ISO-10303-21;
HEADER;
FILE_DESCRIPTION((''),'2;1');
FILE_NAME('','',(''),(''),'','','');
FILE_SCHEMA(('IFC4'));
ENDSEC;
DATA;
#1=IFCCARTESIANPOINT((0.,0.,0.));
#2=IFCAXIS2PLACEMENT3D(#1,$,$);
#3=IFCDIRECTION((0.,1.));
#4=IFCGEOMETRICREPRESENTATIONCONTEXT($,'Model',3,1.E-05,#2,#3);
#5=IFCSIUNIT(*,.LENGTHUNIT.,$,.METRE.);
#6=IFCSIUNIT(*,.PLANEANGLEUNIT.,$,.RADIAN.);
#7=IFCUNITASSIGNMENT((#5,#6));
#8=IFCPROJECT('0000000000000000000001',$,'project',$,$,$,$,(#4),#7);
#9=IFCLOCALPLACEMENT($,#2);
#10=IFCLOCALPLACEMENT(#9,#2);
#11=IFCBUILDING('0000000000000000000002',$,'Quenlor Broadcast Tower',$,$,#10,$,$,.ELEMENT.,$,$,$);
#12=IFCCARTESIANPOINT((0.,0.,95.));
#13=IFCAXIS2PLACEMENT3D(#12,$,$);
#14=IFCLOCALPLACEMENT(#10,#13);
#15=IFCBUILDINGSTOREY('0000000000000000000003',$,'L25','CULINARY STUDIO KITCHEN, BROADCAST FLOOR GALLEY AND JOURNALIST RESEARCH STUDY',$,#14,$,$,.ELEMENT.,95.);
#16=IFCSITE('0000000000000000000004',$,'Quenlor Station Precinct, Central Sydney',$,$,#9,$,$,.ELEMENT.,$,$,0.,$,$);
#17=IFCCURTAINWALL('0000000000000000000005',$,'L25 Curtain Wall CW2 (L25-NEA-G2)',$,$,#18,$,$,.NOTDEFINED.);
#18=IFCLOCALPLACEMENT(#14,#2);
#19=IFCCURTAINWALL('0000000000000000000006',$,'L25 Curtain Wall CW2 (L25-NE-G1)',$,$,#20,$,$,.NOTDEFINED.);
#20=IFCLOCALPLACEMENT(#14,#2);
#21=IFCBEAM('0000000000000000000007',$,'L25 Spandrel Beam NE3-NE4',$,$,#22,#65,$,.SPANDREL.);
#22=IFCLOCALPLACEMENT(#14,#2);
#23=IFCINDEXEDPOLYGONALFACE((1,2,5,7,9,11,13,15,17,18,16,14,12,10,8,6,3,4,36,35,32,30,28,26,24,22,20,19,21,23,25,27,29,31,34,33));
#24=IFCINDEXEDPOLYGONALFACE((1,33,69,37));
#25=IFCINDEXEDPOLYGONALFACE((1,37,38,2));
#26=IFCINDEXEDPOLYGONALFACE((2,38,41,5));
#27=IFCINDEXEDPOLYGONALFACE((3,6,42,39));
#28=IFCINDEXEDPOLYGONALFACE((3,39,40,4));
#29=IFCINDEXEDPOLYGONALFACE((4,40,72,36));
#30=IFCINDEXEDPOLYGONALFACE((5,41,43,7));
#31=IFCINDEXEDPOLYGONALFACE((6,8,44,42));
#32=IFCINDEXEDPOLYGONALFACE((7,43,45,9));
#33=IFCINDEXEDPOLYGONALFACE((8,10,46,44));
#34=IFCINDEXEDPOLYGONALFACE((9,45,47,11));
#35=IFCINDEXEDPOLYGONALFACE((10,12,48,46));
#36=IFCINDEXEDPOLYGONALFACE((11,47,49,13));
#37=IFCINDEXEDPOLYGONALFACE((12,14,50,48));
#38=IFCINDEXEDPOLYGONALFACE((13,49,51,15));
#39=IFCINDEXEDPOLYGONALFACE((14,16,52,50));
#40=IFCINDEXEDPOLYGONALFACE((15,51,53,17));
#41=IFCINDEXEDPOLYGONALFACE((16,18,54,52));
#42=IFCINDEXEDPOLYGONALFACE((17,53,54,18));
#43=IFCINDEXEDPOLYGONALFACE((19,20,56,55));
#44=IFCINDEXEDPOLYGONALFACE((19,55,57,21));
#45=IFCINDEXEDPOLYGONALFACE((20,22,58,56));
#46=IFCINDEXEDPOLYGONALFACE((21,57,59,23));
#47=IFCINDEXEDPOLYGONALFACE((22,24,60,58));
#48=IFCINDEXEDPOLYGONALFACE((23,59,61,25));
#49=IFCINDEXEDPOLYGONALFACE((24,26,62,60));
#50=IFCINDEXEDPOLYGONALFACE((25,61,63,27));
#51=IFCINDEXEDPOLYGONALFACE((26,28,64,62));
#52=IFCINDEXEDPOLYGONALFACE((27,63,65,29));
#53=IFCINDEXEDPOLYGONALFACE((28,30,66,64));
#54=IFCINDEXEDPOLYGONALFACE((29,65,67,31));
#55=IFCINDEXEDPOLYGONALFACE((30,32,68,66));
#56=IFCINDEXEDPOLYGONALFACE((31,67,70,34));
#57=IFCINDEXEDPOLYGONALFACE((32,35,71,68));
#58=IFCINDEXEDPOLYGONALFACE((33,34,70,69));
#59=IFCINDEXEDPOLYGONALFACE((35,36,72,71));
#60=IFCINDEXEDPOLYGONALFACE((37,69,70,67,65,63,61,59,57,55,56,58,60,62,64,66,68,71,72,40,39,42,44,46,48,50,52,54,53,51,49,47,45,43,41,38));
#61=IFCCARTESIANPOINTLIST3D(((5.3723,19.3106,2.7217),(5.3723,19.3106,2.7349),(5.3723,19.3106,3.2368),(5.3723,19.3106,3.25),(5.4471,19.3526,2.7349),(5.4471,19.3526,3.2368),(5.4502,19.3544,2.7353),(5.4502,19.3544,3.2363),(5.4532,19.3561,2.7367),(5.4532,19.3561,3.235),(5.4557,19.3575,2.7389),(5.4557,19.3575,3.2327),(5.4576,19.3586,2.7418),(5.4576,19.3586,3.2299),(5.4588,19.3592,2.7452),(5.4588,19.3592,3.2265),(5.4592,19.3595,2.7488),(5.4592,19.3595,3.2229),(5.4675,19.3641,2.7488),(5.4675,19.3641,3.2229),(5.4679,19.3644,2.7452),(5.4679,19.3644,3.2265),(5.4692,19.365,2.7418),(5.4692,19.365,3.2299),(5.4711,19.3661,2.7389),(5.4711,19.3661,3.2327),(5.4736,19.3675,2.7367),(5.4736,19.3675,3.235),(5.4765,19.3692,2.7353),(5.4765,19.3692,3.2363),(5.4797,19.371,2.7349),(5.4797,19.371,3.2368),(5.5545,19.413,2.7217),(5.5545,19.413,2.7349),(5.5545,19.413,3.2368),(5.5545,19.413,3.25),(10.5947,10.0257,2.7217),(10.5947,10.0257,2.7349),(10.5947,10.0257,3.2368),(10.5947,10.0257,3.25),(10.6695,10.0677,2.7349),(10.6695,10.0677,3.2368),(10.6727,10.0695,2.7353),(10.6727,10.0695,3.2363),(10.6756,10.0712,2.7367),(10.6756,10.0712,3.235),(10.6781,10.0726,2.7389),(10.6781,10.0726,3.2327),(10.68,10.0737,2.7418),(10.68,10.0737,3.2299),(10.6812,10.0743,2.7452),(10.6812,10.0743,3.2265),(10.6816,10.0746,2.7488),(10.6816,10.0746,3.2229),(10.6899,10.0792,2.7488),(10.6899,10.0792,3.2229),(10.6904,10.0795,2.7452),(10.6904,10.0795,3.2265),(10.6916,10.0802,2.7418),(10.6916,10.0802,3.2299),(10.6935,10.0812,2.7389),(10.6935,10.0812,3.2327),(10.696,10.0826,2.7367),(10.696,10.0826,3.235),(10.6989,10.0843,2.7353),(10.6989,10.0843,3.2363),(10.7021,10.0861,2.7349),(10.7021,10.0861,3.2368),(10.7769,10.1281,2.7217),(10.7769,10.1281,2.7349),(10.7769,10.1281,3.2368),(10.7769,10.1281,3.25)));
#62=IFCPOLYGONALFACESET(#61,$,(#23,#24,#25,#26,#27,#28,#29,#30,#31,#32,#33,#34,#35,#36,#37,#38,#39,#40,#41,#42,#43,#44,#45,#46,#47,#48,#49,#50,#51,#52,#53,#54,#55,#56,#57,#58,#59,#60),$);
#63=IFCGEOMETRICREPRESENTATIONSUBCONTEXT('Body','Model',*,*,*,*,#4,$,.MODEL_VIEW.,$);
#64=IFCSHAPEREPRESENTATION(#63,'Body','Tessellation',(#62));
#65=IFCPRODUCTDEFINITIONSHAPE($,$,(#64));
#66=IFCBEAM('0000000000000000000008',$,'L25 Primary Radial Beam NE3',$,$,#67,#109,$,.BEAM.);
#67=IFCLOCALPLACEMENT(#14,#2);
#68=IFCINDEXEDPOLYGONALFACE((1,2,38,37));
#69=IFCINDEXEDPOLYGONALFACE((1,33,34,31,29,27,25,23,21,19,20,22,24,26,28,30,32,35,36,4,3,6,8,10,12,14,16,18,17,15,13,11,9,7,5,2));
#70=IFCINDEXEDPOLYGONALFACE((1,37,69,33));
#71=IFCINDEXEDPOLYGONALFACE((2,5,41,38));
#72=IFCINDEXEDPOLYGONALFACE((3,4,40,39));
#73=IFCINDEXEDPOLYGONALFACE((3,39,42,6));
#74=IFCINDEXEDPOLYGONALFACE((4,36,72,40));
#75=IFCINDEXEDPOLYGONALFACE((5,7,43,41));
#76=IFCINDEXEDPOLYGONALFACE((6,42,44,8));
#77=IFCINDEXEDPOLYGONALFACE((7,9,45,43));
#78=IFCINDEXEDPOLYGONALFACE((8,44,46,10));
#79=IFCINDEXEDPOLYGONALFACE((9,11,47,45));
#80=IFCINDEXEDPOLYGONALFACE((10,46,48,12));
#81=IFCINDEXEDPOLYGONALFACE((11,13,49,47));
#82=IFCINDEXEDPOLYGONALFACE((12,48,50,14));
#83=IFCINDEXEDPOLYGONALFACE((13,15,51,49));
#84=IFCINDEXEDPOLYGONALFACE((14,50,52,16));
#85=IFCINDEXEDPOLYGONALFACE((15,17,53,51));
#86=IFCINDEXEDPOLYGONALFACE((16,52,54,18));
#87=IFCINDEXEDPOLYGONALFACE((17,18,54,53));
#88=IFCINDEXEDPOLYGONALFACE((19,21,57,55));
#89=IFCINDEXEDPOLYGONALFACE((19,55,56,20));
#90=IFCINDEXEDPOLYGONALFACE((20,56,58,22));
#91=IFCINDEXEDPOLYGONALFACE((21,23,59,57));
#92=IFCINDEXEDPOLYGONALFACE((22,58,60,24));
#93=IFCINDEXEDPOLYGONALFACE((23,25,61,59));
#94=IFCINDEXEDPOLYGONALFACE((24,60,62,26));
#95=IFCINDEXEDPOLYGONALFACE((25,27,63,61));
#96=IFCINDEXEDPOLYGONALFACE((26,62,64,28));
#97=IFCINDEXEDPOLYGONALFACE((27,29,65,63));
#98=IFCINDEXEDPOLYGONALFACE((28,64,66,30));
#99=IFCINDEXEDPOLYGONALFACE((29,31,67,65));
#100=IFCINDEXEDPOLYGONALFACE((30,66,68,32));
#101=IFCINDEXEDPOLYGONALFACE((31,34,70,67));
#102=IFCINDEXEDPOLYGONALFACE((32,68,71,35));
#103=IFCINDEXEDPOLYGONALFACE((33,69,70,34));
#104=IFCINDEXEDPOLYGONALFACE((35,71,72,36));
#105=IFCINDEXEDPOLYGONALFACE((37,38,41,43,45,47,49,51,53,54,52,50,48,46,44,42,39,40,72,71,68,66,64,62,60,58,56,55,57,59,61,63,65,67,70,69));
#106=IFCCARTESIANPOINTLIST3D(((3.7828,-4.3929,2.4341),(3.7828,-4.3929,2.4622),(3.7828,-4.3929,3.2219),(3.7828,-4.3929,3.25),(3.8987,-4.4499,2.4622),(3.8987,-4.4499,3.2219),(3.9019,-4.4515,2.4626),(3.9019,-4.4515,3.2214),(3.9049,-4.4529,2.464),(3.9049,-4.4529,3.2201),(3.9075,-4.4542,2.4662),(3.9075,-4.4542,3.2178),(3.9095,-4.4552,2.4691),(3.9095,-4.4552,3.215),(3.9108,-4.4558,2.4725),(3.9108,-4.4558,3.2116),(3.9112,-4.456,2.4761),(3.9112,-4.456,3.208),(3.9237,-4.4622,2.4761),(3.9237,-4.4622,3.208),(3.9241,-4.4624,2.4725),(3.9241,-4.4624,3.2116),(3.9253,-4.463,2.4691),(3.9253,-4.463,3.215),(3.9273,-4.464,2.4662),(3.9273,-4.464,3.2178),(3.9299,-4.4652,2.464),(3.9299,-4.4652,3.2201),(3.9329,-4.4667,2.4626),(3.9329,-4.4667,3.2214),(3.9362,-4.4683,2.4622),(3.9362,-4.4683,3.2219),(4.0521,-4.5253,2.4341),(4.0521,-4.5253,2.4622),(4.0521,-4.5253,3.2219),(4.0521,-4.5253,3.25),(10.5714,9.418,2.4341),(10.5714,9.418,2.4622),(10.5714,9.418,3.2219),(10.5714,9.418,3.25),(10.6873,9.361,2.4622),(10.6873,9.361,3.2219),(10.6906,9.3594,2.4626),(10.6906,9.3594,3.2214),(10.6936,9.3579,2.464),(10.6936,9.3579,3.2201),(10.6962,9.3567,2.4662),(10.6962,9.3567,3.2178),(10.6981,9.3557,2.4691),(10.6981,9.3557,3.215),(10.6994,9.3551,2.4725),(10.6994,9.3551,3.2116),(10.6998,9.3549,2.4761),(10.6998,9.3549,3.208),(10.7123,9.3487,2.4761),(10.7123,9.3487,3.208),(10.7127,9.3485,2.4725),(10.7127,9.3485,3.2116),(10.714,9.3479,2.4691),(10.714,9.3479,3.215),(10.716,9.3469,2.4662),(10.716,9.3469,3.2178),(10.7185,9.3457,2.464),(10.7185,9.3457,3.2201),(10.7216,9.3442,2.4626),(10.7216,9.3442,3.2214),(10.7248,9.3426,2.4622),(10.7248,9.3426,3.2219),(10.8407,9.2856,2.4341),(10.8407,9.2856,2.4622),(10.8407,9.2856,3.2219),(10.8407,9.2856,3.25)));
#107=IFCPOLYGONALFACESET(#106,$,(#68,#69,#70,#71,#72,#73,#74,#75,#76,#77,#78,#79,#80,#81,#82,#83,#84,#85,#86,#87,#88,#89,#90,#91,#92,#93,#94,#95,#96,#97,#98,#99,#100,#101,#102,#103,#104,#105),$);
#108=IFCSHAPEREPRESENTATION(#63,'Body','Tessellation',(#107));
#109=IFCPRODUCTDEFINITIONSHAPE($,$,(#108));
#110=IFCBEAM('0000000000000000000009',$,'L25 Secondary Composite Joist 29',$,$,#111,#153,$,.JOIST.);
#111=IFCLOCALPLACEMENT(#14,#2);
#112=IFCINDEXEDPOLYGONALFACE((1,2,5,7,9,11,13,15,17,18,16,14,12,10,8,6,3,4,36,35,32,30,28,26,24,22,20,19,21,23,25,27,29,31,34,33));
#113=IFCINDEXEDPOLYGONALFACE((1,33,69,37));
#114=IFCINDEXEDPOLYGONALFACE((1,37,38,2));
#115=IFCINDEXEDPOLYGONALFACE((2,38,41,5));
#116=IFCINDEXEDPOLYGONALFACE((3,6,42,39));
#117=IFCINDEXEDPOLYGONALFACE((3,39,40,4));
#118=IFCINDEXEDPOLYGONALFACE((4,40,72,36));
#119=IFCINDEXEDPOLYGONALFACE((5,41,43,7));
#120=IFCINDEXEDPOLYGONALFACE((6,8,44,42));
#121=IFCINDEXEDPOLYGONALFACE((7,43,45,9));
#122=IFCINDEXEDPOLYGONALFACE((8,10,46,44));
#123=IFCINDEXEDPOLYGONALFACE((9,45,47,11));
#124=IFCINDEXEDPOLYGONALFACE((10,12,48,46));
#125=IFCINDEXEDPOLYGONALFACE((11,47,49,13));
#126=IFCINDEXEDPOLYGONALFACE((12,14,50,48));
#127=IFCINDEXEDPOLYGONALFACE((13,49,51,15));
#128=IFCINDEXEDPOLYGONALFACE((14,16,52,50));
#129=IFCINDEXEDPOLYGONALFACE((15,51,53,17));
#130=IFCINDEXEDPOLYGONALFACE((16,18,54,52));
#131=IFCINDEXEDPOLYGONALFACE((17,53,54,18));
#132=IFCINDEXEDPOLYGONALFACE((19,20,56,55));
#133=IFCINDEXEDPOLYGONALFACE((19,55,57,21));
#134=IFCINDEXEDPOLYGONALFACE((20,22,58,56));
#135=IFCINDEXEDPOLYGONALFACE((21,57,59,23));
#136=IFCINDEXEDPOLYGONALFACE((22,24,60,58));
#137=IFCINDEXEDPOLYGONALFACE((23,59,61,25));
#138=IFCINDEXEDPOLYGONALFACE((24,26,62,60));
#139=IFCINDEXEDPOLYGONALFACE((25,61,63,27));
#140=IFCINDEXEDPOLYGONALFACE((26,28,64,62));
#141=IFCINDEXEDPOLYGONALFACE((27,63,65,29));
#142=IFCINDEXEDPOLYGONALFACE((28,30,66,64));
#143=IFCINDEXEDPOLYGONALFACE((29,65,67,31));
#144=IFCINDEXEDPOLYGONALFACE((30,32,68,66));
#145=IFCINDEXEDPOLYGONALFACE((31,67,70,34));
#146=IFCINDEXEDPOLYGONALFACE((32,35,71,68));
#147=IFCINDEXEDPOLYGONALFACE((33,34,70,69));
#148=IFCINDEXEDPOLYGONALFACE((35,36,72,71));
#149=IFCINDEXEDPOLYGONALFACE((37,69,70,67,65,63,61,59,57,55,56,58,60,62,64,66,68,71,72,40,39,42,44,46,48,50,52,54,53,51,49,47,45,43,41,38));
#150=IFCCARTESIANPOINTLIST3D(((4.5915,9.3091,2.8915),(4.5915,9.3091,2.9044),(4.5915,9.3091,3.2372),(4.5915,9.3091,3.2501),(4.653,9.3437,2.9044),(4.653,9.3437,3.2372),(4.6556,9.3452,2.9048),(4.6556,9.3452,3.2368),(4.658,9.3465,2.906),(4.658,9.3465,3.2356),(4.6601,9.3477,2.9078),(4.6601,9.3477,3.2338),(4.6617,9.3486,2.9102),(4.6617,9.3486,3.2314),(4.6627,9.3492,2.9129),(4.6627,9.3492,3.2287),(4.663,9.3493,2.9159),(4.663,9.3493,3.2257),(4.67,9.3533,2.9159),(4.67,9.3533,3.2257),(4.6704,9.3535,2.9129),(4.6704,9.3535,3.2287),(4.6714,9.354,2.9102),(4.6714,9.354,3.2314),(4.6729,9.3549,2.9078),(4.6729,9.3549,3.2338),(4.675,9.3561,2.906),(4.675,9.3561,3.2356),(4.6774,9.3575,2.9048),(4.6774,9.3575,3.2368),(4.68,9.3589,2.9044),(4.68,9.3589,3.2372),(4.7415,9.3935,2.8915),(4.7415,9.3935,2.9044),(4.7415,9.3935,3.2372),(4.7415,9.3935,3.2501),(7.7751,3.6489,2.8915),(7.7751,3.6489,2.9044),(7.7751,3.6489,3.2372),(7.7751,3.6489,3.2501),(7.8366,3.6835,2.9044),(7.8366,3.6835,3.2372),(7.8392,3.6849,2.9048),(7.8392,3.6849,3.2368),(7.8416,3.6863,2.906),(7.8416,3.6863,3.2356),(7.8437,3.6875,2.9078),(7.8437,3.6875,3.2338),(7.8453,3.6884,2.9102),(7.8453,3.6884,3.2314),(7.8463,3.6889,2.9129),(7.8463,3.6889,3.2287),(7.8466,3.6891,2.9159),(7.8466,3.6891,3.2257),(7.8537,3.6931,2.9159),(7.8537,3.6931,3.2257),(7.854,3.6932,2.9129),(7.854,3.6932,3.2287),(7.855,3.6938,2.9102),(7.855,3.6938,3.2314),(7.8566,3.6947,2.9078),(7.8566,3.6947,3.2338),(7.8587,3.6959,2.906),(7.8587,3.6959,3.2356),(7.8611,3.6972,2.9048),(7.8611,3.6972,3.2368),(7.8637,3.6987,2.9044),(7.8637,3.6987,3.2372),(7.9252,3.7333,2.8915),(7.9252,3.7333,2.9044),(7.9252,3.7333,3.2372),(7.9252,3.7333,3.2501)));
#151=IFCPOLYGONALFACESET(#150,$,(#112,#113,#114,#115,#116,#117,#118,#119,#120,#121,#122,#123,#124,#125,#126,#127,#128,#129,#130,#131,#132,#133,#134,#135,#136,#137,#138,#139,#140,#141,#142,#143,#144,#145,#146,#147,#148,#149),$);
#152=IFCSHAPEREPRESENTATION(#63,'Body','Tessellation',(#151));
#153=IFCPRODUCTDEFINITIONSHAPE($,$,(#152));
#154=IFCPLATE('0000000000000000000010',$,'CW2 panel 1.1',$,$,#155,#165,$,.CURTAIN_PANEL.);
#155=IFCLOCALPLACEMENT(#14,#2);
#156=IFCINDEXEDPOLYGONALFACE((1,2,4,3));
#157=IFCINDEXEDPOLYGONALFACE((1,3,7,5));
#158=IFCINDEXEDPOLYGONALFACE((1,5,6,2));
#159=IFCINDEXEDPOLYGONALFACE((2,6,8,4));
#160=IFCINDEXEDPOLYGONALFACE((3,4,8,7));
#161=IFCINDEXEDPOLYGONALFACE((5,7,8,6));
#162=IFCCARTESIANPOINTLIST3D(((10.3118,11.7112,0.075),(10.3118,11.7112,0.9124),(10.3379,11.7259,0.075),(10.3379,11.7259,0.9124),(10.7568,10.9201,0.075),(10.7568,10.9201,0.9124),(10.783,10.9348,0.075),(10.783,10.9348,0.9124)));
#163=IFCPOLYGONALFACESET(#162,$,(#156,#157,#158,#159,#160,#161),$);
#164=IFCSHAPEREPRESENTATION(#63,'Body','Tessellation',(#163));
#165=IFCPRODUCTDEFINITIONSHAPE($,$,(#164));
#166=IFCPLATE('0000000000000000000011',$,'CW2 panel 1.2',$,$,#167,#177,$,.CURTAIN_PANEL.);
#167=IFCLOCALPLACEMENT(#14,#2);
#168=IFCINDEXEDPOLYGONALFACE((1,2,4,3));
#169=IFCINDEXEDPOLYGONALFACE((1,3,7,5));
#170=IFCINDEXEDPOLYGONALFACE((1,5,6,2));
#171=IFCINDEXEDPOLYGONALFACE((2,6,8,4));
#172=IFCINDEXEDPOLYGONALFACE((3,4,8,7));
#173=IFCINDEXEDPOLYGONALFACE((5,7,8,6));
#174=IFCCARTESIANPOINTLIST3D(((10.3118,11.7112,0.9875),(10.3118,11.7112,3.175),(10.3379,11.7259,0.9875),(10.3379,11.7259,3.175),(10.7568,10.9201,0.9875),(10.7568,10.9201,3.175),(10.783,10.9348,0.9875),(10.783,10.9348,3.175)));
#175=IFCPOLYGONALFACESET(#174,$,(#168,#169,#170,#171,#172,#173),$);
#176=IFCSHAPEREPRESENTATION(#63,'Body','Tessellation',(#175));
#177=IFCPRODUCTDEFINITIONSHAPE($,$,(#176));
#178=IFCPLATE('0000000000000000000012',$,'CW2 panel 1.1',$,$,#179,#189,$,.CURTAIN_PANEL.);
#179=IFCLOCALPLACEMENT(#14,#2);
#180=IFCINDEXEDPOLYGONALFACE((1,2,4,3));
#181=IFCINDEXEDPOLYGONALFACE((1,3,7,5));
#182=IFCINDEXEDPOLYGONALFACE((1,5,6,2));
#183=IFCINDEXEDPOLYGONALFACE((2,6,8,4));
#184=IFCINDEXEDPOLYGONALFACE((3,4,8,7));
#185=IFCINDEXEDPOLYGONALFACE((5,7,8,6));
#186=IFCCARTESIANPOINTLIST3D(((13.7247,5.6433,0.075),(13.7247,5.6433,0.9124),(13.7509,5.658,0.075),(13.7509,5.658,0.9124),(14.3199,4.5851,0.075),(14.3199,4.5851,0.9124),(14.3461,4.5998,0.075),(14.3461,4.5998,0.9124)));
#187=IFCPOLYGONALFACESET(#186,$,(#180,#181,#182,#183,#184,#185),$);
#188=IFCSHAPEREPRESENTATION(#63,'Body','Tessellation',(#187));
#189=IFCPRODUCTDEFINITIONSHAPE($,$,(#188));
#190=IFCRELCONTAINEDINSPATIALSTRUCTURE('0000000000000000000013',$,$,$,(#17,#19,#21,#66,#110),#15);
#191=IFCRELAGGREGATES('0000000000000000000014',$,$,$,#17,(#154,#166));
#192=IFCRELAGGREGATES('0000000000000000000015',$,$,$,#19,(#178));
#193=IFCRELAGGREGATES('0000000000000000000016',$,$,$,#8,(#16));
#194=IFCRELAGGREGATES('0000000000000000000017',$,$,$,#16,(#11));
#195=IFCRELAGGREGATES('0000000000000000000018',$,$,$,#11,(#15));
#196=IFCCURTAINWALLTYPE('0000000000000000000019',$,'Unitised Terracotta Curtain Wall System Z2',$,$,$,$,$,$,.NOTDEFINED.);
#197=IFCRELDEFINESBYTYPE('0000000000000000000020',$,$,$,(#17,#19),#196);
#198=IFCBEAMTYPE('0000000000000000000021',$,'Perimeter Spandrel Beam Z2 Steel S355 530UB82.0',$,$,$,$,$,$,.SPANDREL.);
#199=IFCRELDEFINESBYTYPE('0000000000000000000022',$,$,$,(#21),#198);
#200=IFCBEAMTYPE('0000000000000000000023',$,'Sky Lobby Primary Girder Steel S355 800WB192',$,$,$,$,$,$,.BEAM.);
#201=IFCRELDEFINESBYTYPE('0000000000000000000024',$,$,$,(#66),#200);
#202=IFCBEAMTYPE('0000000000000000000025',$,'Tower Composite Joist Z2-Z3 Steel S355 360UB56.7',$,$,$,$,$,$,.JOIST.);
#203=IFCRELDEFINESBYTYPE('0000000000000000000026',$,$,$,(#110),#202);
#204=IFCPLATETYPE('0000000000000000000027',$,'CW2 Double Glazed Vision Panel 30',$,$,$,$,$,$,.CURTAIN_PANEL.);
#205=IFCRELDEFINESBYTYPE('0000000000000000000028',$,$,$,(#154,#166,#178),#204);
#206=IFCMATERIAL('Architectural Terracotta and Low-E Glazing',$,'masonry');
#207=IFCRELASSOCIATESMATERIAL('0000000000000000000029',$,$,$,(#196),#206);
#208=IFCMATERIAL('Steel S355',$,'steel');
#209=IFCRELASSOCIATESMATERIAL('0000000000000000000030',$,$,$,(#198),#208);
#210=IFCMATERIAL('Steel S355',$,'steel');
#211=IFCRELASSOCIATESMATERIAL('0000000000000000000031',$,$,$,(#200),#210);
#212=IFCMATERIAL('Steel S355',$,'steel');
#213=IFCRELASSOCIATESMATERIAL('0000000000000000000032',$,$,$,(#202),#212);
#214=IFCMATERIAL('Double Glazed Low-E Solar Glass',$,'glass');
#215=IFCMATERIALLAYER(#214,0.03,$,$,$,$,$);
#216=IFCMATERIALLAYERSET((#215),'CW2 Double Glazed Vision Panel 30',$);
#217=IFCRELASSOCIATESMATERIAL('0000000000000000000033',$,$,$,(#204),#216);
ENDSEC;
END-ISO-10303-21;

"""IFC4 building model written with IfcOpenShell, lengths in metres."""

from ifc_helpers import new_model, si_unit, direction, frame, origin, origin_2d, place, context, subcontext, project, spatial, rectangle, i_section, extrude, material, layer, layer_set, material_profile, profile_set, type_object, element, aggregate, save


model = new_model("IFC4")

# Units and contexts
model_context = context("Model", 3, precision=1e-05, world=origin(), true_north=direction((0.0, 1.0)))
body_context = subcontext(model_context, "Body", "Model", "MODEL_VIEW")
ifc_project = project(units=[si_unit("LENGTHUNIT", "METRE"), si_unit("PLANEANGLEUNIT", "RADIAN")], contexts=[model_context])

# Site, building, storey
site_placement = place(None, origin())
site = spatial("IfcSite", under=ifc_project, at=site_placement, Name="Quenlor Station Precinct, Central Sydney", CompositionType="ELEMENT", RefElevation=0.0)
building_placement = place(site_placement, origin())
building = spatial("IfcBuilding", under=site, at=building_placement, Name="Quenlor Broadcast Tower", CompositionType="ELEMENT")
storey_placement = place(building_placement, frame((0.0, 0.0, 95.0)))
storey = spatial("IfcBuildingStorey", under=building, at=storey_placement, Name="L25", Description="CULINARY STUDIO KITCHEN, BROADCAST FLOOR GALLEY AND JOURNALIST RESEARCH STUDY", CompositionType="ELEMENT", Elevation=95.0)

# Curtain wall
ifc_material_1 = material(Name="Architectural Terracotta and Low-E Glazing", Category="masonry")
curtain_wall_type = type_object("IfcCurtainWallType", Name="Unitised Terracotta Curtain Wall System Z2", PredefinedType="NOTDEFINED", material=ifc_material_1)
curtain_wall_1_placement = place(storey_placement, origin())
curtain_wall_1 = element("IfcCurtainWall", 1, at=curtain_wall_1_placement, inside=storey, type_object=curtain_wall_type, Name="L25 Curtain Wall CW2 (L25-NEA-G2)", PredefinedType="NOTDEFINED")

# Curtain wall
curtain_wall_2_placement = place(storey_placement, origin())
curtain_wall_2 = element("IfcCurtainWall", 2, at=curtain_wall_2_placement, inside=storey, type_object=curtain_wall_type, Name="L25 Curtain Wall CW2 (L25-NE-G1)", PredefinedType="NOTDEFINED")

# Beams
ifc_material_2 = material(Name="Steel S355", Category="steel")
ifc_material_profile_1 = material_profile(ifc_material_2, i_section(OverallWidth=0.209, OverallDepth=0.5283, WebThickness=0.0095, FlangeThickness=0.0132, FilletRadius=0.0139, at=origin_2d()))
ifc_profile_set_1 = profile_set([ifc_material_profile_1], Name="Steel S355 530UB82.0")
beam_type_1 = type_object("IfcBeamType", Name="Perimeter Spandrel Beam Z2 Steel S355 530UB82.0", PredefinedType="SPANDREL", material=ifc_profile_set_1)
beam_1_placement = place(storey_placement, frame((10.6858, 10.0769, 2.9858), z_axis=(-0.490236, 0.87159, 0.0), x_axis=(-0.87159, -0.490236, 0.0)))
element("IfcBeam", 3, at=beam_1_placement, inside=storey, type_object=beam_type_1, Name="L25 Spandrel Beam NE3-NE4", PredefinedType="SPANDREL", context=body_context, shape_type="SweptSolid", body=[
    extrude(i_section(OverallWidth=0.209, OverallDepth=0.5283, WebThickness=0.0095, FlangeThickness=0.0132, FilletRadius=0.0139, at=origin_2d()), origin(), (0.0, 0.0, 1.0), 10.6528),
])
ifc_material_3 = material(Name="Steel S355", Category="steel")
ifc_material_profile_2 = material_profile(ifc_material_3, i_section(OverallWidth=0.3, OverallDepth=0.8159, WebThickness=0.0139, FlangeThickness=0.0281, FilletRadius=0.0139, at=origin_2d()))
ifc_profile_set_2 = profile_set([ifc_material_profile_2], Name="Steel S355 800WB192")
beam_type_2 = type_object("IfcBeamType", Name="Sky Lobby Primary Girder Steel S355 800WB192", PredefinedType="BEAM", material=ifc_profile_set_2)
beam_2_placement = place(storey_placement, frame((10.7061, 9.3518, 2.842), z_axis=(-0.44113, -0.897443, 0.0), x_axis=(0.897443, -0.44113, 0.0)))
element("IfcBeam", 4, at=beam_2_placement, inside=storey, type_object=beam_type_2, Name="L25 Primary Radial Beam NE3", PredefinedType="BEAM", context=body_context, shape_type="SweptSolid", body=[
    extrude(i_section(OverallWidth=0.3, OverallDepth=0.8159, WebThickness=0.0139, FlangeThickness=0.0281, FilletRadius=0.0139, at=origin_2d()), origin(), (0.0, 0.0, 1.0), 15.3892),
])
ifc_material_4 = material(Name="Steel S355", Category="steel")
ifc_material_profile_3 = material_profile(ifc_material_4, i_section(OverallWidth=0.1721, OverallDepth=0.3586, WebThickness=0.0081, FlangeThickness=0.0129, FilletRadius=0.0115, at=origin_2d()))
ifc_profile_set_3 = profile_set([ifc_material_profile_3], Name="Steel S355 360UB56.7")
beam_type_3 = type_object("IfcBeamType", Name="Tower Composite Joist Z2-Z3 Steel S355 360UB56.7", PredefinedType="JOIST", material=ifc_profile_set_3)
beam_3_placement = place(storey_placement, frame((4.6665, 9.3513, 3.0708), z_axis=(0.490233, -0.871592, 0.0), x_axis=(0.871592, 0.490233, 0.0)))
element("IfcBeam", 5, at=beam_3_placement, inside=storey, type_object=beam_type_3, Name="L25 Secondary Composite Joist 29", PredefinedType="JOIST", context=body_context, shape_type="SweptSolid", body=[
    extrude(i_section(OverallWidth=0.1721, OverallDepth=0.3586, WebThickness=0.0081, FlangeThickness=0.0129, FilletRadius=0.0115, at=origin_2d()), origin(), (0.0, 0.0, 1.0), 6.4941),
])

# Plates
ifc_material_5 = material(Name="Double Glazed Low-E Solar Glass", Category="glass")
ifc_layer_1 = layer(ifc_material_5, 0.03)
ifc_layer_set_1 = layer_set([ifc_layer_1], Name="CW2 Double Glazed Vision Panel 30")
plate_type_1 = type_object("IfcPlateType", Name="CW2 Double Glazed Vision Panel 30", PredefinedType="CURTAIN_PANEL", material=ifc_layer_set_1)
plate_1_placement = place(storey_placement, frame((10.5474, 11.323, 0.075), z_axis=(0.0, 0.0, 1.0), x_axis=(0.490252, -0.871581, 0.0)))
plate_1 = element("IfcPlate", 6, at=plate_1_placement, type_object=plate_type_1, Name="CW2 panel 1.1", PredefinedType="CURTAIN_PANEL", context=body_context, shape_type="SweptSolid", body=[
    extrude(rectangle(XDim=0.9077, YDim=0.03, at=origin_2d()), origin(), (0.0, 0.0, 1.0), 0.8374),
])
plate_2_placement = place(storey_placement, frame((10.5474, 11.323, 0.9875), z_axis=(0.0, 0.0, 1.0), x_axis=(0.490252, -0.871581, 0.0)))
plate_2 = element("IfcPlate", 7, at=plate_2_placement, type_object=plate_type_1, Name="CW2 panel 1.2", PredefinedType="CURTAIN_PANEL", context=body_context, shape_type="SweptSolid", body=[
    extrude(rectangle(XDim=0.9077, YDim=0.03, at=origin_2d()), origin(), (0.0, 0.0, 1.0), 2.1875),
])
aggregate(curtain_wall_1, [plate_1, plate_2])
plate_3_placement = place(storey_placement, frame((14.0354, 5.1216, 0.075), z_axis=(0.0, 0.0, 1.0), x_axis=(0.490254, -0.871579, 0.0)))
plate_3 = element("IfcPlate", 8, at=plate_3_placement, type_object=plate_type_1, Name="CW2 panel 1.1", PredefinedType="CURTAIN_PANEL", context=body_context, shape_type="SweptSolid", body=[
    extrude(rectangle(XDim=1.2141, YDim=0.03, at=origin_2d()), origin(), (0.0, 0.0, 1.0), 0.8374),
])
aggregate(curtain_wall_2, [plate_3])

save(model, "model.ifc")
